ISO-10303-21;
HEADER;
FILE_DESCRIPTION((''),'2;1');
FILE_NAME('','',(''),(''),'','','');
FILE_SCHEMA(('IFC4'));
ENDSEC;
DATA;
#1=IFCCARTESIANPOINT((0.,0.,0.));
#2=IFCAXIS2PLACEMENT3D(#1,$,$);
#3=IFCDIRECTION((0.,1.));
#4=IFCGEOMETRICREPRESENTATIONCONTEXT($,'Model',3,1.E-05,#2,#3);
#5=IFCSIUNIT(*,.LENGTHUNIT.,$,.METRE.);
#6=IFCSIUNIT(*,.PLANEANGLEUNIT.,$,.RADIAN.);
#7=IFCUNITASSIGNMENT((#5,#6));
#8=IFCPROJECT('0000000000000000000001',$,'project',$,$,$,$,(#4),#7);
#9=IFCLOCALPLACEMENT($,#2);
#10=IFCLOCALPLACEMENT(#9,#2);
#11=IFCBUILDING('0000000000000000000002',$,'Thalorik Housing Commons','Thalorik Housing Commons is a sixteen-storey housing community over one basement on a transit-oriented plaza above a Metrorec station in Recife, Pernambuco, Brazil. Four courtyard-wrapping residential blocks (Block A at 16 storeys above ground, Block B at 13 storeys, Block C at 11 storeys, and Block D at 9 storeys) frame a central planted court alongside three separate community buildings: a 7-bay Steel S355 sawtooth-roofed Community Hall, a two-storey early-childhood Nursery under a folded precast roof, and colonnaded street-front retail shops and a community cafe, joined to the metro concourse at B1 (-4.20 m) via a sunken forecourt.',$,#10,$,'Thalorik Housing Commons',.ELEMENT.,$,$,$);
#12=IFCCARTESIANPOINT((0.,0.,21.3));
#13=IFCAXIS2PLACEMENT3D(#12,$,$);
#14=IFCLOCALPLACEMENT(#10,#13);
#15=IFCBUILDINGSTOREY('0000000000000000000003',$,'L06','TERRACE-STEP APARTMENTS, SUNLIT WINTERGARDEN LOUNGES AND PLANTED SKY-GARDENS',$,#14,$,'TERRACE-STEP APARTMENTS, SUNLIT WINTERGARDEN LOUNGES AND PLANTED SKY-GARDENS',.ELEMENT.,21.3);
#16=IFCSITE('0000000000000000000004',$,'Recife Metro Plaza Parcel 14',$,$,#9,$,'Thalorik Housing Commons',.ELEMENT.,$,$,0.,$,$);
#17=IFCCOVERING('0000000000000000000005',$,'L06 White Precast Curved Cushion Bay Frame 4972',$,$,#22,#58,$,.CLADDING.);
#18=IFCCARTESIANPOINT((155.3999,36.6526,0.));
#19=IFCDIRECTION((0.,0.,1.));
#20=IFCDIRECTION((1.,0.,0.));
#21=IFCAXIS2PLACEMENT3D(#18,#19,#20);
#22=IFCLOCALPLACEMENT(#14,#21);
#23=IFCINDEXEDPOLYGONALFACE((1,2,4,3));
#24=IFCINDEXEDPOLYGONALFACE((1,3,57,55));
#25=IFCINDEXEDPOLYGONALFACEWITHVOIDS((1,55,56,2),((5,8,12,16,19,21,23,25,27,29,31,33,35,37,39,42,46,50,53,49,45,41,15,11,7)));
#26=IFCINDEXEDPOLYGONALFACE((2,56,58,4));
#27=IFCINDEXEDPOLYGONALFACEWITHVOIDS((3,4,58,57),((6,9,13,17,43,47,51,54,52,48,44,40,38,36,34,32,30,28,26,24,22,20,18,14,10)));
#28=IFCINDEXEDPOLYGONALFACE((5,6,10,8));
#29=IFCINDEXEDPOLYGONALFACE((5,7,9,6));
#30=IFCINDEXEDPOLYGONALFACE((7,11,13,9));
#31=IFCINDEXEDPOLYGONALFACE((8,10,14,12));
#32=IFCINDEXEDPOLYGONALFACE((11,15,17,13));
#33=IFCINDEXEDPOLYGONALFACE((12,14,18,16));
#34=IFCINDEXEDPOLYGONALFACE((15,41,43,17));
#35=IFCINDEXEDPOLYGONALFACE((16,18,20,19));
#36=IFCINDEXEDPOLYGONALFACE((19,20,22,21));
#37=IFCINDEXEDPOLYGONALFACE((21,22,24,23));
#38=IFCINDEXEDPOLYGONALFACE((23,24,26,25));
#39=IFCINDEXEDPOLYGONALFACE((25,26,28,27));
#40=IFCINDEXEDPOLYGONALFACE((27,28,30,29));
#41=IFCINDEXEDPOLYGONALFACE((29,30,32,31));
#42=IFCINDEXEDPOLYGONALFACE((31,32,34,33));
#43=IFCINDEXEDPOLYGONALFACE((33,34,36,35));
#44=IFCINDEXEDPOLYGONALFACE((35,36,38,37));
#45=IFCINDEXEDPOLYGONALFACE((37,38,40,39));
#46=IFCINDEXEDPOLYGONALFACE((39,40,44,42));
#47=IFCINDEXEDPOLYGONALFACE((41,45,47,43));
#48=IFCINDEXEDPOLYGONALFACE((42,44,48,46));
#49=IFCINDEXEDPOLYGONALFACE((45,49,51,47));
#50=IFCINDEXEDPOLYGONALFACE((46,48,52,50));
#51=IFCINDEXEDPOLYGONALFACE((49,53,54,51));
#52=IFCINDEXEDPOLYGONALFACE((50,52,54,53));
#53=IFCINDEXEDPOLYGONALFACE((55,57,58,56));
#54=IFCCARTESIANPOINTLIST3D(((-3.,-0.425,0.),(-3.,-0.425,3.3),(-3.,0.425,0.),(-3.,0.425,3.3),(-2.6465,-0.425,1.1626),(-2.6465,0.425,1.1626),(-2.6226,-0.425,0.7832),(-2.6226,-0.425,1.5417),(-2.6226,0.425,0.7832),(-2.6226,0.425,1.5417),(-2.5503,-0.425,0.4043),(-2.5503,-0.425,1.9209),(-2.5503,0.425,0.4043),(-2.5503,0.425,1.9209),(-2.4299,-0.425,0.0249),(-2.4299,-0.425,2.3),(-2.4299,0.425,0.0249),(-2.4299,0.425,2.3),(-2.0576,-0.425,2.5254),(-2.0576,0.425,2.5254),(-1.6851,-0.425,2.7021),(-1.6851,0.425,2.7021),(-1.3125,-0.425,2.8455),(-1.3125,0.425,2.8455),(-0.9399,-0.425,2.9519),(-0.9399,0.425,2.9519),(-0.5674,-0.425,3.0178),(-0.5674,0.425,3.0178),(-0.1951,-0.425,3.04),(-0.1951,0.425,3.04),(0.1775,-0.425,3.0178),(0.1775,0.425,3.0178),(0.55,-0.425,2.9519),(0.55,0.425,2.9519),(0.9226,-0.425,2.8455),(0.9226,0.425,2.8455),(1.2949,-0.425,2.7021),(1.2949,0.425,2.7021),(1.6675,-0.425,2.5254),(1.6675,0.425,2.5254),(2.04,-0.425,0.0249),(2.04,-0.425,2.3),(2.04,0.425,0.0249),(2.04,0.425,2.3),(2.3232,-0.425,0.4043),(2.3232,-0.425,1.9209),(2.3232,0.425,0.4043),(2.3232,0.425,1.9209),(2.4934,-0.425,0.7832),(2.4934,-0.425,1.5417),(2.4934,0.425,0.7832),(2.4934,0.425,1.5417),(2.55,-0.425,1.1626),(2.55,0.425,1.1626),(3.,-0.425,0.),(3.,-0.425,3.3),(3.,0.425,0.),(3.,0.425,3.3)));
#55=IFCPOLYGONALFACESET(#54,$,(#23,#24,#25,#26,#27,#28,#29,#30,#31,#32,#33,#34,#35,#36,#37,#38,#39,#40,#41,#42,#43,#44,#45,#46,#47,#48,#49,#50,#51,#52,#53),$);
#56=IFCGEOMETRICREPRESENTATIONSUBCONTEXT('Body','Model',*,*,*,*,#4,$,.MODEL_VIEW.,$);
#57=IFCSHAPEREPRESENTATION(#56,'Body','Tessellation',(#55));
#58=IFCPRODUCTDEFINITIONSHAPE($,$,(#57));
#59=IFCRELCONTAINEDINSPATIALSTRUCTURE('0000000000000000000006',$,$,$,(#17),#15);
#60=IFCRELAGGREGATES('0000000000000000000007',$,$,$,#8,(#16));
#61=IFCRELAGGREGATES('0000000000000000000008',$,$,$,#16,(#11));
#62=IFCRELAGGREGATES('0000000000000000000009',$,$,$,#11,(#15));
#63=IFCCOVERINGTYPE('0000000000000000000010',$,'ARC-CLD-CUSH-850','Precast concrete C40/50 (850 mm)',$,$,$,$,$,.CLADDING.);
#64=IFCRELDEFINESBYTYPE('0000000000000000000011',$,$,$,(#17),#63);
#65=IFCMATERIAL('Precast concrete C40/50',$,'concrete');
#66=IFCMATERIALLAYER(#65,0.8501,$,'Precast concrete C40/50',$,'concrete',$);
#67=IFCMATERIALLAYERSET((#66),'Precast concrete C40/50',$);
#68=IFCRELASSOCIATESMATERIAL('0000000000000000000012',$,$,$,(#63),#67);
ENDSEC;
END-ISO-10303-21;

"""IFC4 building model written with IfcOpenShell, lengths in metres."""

from ifc_helpers import new_model, si_unit, direction, frame, origin, place, context, subcontext, project, spatial, polyline, outline, extrude, material, layer, layer_set, type_object, element, save


model = new_model("IFC4")

# Units and contexts
model_context = context("Model", 3, precision=1e-05, world=origin(), true_north=direction((0.0, 1.0)))
body_context = subcontext(model_context, "Body", "Model", "MODEL_VIEW")
ifc_project = project(units=[si_unit("LENGTHUNIT", "METRE"), si_unit("PLANEANGLEUNIT", "RADIAN")], contexts=[model_context])

# Site, building, storey
site_placement = place(None, origin())
site = spatial("IfcSite", under=ifc_project, at=site_placement, Name="Recife Metro Plaza Parcel 14", LongName="Thalorik Housing Commons", CompositionType="ELEMENT", RefElevation=0.0)
building_placement = place(site_placement, origin())
building = spatial("IfcBuilding", under=site, at=building_placement, Name="Thalorik Housing Commons", Description="Thalorik Housing Commons is a sixteen-storey housing community over one basement on a transit-oriented plaza above a Metrorec station in Recife, Pernambuco, Brazil. Four courtyard-wrapping residential blocks (Block A at 16 storeys above ground, Block B at 13 storeys, Block C at 11 storeys, and Block D at 9 storeys) frame a central planted court alongside three separate community buildings: a 7-bay Steel S355 sawtooth-roofed Community Hall, a two-storey early-childhood Nursery under a folded precast roof, and colonnaded street-front retail shops and a community cafe, joined to the metro concourse at B1 (-4.20 m) via a sunken forecourt.", LongName="Thalorik Housing Commons", CompositionType="ELEMENT")
storey_placement = place(building_placement, frame((0.0, 0.0, 21.3)))
storey = spatial("IfcBuildingStorey", under=building, at=storey_placement, Name="L06", Description="TERRACE-STEP APARTMENTS, SUNLIT WINTERGARDEN LOUNGES AND PLANTED SKY-GARDENS", LongName="TERRACE-STEP APARTMENTS, SUNLIT WINTERGARDEN LOUNGES AND PLANTED SKY-GARDENS", CompositionType="ELEMENT", Elevation=21.3)

# Shared definitions
ifc_material_1 = material(Name="Precast concrete C40/50", Category="concrete")

# Covering
ifc_layer_1 = layer(ifc_material_1, 0.8501, Name="Precast concrete C40/50", Category="concrete")
ifc_layer_set_1 = layer_set([ifc_layer_1], Name="Precast concrete C40/50")
covering_type_1 = type_object("IfcCoveringType", Name="ARC-CLD-CUSH-850", Description="Precast concrete C40/50 (850 mm)", PredefinedType="CLADDING", material=ifc_layer_set_1)
covering_1_placement = place(storey_placement, frame((155.3999, 36.6526, 0.0), z_axis=(0.0, 0.0, 1.0), x_axis=(1.0, 0.0, 0.0)))
element("IfcCovering", 1, at=covering_1_placement, inside=storey, type_object=covering_type_1, Name="L06 White Precast Curved Cushion Bay Frame 4972", PredefinedType="CLADDING", context=body_context, shape_type="SweptSolid", body=[
    extrude(outline(polyline([(-3.0, 0.0), (3.0, 0.0), (3.0, 3.3), (-3.0, 3.3), (-3.0, 0.0)]), holes=[polyline([(2.04, 0.0249), (2.3232, 0.4043), (2.4934, 0.7832), (2.55, 1.1626), (2.4934, 1.5417), (2.3232, 1.9209), (2.04, 2.3), (1.6675, 2.5254), (1.2949, 2.7021), (0.9226, 2.8455), (0.55, 2.9519), (0.1775, 3.0178), (-0.1951, 3.04), (-0.5674, 3.0178), (-0.9399, 2.9519), (-1.3125, 2.8455), (-1.6851, 2.7021), (-2.0576, 2.5254), (-2.4299, 2.3), (-2.5503, 1.9209), (-2.6226, 1.5417), (-2.6465, 1.1626), (-2.6226, 0.7832), (-2.5503, 0.4043), (-2.4299, 0.0249), (2.04, 0.0249)])]), frame((0.0, 0.425, 0.0), z_axis=(0.0, -1.0, 0.0), x_axis=(1.0, 0.0, 0.0)), (0.0, 0.0, 1.0), 0.8501),
])

save(model, "model.ifc")
